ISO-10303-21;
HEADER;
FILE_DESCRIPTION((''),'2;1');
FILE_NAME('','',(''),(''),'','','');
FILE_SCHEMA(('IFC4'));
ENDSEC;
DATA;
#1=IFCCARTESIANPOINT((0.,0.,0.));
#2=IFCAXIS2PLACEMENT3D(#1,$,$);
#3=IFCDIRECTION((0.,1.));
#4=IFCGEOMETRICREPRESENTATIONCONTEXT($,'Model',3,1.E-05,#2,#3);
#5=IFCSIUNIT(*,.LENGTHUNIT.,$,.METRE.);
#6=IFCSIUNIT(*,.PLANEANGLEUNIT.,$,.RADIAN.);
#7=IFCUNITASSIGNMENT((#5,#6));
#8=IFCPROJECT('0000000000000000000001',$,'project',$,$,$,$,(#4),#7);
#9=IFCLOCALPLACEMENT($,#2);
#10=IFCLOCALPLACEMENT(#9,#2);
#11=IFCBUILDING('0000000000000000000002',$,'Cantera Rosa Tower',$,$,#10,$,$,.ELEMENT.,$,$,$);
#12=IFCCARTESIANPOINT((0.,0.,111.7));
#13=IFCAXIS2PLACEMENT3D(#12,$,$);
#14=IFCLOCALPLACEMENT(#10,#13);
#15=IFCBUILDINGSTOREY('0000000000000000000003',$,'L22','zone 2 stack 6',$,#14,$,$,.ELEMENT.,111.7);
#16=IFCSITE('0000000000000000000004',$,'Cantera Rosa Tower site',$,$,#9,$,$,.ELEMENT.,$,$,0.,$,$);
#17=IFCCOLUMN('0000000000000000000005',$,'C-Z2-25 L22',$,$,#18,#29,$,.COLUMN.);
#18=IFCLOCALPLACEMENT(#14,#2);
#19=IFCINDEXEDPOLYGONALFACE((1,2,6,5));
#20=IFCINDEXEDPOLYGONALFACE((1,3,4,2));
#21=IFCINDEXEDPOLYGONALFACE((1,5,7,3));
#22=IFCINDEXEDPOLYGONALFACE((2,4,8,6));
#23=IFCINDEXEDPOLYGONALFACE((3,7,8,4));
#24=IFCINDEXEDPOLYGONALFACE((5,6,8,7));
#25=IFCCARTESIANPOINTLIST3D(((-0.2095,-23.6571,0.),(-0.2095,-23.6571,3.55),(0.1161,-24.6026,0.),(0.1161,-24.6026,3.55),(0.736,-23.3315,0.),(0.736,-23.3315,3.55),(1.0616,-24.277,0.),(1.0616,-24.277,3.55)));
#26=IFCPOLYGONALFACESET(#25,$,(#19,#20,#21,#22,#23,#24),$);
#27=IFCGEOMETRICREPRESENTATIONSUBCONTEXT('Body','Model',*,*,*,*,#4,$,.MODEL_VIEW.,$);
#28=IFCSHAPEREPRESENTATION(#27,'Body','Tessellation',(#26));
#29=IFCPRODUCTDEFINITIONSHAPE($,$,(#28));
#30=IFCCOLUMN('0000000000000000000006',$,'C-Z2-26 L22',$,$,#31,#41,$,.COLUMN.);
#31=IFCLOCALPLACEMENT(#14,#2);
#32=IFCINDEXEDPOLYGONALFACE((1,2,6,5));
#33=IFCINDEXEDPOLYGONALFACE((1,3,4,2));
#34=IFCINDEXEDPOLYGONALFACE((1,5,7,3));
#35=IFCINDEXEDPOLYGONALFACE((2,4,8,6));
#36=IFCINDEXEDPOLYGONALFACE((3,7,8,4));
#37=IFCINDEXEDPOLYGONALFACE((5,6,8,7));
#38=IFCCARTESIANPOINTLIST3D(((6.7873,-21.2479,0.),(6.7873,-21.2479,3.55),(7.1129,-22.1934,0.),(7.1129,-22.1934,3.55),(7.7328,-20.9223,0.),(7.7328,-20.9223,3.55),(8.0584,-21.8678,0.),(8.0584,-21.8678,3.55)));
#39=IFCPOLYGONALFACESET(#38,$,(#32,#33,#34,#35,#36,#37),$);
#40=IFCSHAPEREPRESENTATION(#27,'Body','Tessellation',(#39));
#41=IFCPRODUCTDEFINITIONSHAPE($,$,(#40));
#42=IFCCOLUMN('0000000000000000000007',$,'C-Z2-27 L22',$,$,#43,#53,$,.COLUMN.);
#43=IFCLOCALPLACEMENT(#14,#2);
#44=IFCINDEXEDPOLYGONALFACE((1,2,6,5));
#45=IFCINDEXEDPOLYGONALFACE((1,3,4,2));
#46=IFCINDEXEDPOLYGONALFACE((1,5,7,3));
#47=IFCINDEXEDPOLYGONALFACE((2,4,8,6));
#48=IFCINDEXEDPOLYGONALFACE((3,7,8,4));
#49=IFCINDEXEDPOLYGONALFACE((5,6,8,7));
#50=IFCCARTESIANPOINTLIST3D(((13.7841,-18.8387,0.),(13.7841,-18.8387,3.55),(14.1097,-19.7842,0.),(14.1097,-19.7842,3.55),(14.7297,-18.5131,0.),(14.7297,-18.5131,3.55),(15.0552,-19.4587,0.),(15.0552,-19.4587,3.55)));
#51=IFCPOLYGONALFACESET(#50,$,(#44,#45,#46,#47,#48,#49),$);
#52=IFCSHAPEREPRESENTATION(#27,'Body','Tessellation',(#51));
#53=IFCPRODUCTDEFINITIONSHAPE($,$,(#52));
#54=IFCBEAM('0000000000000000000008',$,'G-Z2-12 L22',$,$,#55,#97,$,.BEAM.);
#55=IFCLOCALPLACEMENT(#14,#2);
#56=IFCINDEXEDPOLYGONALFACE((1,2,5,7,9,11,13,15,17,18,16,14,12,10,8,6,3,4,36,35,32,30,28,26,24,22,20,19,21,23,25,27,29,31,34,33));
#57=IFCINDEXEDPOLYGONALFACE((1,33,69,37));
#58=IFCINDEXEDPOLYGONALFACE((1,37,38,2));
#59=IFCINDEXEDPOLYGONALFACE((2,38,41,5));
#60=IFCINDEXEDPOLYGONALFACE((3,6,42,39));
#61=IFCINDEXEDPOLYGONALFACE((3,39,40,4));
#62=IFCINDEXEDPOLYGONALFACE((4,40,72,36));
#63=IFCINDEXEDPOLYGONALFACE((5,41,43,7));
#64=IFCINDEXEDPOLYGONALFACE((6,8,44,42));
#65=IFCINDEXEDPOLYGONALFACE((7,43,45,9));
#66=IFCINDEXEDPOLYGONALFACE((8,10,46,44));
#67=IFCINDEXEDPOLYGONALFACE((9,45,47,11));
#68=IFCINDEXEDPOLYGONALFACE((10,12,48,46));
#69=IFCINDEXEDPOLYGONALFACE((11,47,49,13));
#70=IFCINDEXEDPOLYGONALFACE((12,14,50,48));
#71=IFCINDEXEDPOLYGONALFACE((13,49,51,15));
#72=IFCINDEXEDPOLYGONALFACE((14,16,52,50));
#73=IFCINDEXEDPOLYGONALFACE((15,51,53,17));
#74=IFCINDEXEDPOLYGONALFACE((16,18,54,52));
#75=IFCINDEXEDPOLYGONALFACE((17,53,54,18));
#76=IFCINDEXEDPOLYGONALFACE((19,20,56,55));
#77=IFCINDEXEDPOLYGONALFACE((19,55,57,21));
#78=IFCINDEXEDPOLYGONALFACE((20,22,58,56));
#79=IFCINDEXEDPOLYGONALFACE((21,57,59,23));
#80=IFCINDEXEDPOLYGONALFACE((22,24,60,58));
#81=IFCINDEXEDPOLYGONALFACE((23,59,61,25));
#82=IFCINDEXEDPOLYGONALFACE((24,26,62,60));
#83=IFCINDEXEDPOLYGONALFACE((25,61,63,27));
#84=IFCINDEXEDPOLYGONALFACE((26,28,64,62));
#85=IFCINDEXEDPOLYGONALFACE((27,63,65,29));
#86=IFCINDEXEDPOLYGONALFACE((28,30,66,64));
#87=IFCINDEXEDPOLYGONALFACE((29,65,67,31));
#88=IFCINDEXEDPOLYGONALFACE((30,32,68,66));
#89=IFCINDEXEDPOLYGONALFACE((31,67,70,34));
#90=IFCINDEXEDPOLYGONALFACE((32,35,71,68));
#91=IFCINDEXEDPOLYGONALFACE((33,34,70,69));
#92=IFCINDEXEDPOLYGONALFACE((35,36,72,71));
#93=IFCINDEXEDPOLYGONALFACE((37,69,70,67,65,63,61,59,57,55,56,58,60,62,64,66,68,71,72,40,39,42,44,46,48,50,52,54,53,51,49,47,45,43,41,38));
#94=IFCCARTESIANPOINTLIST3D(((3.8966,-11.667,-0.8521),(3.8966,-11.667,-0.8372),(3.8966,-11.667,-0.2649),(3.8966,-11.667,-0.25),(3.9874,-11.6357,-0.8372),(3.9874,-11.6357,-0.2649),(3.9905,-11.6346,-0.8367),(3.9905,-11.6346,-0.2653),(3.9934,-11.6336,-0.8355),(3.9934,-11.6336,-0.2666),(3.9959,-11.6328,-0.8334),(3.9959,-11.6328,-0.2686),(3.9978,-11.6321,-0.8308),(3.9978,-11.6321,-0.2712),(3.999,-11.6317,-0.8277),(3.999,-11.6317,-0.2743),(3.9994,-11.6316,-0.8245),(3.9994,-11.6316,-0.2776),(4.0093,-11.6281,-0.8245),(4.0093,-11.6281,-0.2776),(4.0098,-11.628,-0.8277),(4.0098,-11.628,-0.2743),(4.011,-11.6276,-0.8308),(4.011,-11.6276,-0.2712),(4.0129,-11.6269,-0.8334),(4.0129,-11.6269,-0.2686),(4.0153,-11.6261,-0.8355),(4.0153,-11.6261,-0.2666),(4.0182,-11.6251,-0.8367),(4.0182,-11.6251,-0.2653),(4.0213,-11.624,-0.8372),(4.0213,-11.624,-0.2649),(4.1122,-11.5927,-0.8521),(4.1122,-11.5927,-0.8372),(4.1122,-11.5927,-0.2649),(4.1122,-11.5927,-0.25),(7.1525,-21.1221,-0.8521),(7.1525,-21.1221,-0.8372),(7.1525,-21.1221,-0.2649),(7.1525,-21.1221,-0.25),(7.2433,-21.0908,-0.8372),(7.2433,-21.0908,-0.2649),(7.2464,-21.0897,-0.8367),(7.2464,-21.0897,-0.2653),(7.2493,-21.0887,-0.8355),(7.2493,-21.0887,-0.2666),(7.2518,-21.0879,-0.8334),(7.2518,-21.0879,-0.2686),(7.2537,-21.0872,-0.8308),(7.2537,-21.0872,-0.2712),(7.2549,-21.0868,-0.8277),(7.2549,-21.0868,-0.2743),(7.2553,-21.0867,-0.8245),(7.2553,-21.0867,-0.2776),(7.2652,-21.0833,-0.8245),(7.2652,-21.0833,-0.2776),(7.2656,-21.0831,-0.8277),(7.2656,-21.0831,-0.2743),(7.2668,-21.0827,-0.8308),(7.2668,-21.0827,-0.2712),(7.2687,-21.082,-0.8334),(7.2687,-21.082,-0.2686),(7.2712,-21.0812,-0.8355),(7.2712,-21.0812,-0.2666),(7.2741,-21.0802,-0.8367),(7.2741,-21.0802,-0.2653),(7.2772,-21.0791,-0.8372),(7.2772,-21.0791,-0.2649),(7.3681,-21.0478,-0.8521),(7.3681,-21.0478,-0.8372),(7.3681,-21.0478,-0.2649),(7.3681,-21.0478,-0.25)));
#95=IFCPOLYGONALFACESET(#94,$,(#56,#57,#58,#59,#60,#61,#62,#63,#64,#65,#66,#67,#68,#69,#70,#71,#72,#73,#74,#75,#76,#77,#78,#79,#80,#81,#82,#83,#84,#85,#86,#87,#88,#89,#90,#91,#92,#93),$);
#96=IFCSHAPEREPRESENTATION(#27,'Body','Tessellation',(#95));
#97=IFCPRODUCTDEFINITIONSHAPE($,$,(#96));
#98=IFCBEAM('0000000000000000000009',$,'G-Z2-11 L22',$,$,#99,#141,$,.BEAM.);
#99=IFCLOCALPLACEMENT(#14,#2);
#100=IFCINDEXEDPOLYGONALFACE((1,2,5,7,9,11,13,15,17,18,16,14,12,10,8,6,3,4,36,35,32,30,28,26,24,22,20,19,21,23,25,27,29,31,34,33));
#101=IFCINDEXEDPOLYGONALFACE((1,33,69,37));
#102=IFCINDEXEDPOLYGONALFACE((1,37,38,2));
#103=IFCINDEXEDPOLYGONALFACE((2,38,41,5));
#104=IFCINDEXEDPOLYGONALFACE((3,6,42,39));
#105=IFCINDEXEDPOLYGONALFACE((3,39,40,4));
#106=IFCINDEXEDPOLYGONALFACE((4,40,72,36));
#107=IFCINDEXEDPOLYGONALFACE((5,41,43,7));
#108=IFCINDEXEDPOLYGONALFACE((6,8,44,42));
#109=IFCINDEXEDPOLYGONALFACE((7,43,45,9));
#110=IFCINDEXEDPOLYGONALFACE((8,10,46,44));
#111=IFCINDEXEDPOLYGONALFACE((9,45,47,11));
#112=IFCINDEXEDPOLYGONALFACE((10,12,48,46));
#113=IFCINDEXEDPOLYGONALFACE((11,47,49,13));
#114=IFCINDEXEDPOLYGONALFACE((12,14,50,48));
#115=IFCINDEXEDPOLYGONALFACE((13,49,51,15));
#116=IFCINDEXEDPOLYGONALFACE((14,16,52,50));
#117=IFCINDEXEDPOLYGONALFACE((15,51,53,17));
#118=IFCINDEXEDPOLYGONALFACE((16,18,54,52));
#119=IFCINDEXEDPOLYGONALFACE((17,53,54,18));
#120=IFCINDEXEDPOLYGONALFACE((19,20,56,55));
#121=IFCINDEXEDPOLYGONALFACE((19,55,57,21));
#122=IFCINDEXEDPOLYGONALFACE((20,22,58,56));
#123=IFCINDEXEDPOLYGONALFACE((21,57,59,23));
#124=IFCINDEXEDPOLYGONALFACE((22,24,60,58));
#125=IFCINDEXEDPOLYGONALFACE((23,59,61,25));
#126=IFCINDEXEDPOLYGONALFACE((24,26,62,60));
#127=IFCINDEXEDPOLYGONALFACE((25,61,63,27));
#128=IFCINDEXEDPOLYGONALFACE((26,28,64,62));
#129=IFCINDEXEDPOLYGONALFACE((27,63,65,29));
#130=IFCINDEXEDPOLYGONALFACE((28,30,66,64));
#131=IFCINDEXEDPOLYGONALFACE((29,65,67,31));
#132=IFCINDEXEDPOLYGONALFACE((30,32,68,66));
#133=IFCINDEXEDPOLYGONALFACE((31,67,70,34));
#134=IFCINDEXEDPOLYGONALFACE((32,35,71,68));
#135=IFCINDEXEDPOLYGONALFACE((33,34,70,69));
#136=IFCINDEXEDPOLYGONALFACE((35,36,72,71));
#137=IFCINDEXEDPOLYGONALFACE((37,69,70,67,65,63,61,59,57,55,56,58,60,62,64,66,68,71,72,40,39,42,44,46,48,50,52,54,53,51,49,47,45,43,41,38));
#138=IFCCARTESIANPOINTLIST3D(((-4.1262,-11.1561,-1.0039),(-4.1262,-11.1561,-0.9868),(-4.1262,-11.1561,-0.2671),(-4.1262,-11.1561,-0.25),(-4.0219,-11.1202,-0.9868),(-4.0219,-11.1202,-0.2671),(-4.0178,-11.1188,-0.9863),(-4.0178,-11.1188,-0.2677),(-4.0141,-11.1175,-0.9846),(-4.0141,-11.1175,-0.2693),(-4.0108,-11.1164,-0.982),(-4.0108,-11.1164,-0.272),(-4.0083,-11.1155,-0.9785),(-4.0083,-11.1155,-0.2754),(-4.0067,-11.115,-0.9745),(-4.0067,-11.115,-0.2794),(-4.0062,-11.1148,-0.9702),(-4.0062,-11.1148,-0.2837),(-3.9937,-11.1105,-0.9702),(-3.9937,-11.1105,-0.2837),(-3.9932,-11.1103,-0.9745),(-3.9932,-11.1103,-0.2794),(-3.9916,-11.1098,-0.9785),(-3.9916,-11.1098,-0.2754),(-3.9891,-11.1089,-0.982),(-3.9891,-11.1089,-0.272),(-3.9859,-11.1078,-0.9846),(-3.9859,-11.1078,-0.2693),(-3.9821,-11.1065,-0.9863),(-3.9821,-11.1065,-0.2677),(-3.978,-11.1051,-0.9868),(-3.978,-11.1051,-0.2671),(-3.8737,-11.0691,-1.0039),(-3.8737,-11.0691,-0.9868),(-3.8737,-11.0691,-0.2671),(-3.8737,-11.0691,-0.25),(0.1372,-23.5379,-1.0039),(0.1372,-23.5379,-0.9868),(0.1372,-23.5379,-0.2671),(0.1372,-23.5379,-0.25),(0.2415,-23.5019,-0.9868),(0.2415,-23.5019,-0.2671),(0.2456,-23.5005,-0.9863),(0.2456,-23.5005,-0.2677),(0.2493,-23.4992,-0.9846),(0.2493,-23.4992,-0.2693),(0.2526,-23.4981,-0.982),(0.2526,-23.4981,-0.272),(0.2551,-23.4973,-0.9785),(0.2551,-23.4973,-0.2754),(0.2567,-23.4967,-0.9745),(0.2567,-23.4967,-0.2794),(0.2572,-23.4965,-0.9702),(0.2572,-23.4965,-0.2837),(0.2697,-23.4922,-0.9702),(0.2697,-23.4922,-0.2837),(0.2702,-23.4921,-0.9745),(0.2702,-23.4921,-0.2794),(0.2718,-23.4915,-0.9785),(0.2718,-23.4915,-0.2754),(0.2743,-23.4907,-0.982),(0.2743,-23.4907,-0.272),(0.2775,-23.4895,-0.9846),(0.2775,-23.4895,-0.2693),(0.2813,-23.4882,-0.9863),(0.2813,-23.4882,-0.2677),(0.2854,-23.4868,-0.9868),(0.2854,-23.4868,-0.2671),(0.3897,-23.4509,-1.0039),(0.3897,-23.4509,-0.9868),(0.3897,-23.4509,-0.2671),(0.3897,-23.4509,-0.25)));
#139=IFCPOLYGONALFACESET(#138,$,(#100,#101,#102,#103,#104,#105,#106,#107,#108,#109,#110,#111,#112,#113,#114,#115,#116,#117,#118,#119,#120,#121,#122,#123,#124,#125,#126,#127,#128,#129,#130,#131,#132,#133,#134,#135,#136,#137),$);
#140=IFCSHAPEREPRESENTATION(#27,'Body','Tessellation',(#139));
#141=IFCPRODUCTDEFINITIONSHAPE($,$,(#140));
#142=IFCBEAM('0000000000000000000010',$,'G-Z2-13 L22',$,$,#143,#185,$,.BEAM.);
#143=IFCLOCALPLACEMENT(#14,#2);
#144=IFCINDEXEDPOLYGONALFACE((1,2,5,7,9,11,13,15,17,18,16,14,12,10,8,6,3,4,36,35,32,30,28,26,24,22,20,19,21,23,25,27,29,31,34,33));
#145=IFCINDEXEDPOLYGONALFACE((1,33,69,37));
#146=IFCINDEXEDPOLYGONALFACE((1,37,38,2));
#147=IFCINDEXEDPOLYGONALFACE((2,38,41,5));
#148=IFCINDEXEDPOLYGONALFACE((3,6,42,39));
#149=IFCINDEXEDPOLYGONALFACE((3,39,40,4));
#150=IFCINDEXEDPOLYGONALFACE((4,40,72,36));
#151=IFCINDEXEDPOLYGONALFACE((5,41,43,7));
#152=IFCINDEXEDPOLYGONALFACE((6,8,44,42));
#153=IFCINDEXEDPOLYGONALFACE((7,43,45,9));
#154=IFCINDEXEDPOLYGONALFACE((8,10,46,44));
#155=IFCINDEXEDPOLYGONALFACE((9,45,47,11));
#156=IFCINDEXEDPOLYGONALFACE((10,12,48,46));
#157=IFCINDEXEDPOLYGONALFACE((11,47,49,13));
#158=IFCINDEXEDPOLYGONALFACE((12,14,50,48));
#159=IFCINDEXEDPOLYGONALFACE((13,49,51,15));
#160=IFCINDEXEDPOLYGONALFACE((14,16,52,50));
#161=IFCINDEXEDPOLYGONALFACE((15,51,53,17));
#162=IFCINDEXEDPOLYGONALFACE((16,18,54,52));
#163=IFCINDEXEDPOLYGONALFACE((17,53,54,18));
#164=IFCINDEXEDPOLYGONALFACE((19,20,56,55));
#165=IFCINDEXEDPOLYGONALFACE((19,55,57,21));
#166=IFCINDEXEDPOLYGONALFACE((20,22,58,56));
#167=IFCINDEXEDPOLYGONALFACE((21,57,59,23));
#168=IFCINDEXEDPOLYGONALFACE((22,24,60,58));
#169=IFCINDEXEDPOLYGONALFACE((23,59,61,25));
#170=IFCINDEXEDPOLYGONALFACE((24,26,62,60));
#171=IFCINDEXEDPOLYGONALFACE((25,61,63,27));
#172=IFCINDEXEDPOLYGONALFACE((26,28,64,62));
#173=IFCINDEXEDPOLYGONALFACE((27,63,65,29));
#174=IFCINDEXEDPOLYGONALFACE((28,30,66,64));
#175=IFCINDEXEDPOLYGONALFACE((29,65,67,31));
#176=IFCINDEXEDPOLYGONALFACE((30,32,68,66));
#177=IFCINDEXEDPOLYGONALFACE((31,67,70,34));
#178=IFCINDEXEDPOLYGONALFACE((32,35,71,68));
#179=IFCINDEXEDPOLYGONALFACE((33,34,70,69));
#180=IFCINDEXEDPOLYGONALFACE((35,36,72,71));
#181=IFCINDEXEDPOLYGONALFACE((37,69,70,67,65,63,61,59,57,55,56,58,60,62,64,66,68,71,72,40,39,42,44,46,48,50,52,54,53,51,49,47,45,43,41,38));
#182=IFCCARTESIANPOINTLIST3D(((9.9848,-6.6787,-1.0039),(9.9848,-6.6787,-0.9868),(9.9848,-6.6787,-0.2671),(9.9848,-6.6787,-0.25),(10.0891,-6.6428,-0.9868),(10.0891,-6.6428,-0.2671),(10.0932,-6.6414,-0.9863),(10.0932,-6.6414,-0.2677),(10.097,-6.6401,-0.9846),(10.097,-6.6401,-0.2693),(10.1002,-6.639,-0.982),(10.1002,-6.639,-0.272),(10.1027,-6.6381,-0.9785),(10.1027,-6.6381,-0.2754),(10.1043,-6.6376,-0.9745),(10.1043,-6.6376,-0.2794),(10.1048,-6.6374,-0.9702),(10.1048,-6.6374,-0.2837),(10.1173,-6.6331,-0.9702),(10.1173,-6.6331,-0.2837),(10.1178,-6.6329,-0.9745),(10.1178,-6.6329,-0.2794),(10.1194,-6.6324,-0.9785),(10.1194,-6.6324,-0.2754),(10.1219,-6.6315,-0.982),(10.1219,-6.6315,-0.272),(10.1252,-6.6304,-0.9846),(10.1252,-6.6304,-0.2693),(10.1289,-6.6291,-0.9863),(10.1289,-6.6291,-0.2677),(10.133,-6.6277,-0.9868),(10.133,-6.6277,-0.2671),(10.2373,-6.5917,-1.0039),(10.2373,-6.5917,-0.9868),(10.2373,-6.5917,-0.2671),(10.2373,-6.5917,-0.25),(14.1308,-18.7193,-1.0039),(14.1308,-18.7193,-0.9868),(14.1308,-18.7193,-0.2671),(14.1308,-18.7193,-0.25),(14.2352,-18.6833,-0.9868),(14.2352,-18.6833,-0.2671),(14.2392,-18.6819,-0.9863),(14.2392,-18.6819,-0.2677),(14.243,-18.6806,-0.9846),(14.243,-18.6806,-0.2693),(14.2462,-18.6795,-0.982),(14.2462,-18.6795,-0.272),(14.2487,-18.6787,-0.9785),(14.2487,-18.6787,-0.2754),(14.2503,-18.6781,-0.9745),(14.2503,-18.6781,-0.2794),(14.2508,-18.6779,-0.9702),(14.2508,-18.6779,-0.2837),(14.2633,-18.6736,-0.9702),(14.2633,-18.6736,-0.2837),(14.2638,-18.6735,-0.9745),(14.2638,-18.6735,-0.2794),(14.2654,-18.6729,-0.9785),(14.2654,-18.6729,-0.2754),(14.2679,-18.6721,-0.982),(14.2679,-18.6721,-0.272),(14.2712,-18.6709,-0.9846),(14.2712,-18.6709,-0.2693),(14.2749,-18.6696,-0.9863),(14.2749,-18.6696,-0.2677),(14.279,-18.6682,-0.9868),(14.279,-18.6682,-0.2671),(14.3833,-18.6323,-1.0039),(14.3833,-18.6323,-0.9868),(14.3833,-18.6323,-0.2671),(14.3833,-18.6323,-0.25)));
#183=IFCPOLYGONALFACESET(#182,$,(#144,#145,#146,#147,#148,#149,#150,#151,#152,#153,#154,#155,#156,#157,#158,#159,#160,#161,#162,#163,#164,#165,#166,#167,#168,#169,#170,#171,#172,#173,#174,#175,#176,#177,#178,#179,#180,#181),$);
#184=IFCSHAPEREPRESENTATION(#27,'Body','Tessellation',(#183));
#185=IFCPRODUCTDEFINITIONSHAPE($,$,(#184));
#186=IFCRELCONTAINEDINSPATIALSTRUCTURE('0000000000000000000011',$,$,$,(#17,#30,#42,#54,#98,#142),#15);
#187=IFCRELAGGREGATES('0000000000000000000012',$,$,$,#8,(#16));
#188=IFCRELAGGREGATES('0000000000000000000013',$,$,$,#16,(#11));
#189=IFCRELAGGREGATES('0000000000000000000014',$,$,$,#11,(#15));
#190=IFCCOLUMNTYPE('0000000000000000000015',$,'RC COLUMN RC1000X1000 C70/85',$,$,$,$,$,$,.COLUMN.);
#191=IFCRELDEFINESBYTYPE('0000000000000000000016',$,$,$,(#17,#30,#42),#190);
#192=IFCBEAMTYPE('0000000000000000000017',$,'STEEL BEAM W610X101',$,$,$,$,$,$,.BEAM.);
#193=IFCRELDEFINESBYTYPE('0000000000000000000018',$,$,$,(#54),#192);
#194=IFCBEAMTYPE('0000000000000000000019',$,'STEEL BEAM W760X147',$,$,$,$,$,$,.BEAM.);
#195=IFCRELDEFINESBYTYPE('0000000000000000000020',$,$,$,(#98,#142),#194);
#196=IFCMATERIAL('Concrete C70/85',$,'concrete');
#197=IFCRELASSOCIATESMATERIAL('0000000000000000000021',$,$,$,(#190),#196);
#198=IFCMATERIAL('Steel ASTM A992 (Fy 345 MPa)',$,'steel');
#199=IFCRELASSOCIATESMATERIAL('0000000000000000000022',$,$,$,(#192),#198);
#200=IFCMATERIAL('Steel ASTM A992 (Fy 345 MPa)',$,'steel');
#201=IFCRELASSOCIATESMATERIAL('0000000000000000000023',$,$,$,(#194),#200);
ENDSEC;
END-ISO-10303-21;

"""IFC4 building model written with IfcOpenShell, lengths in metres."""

from ifc_helpers import new_model, si_unit, direction, frame, origin, origin_2d, place, context, subcontext, project, spatial, rectangle, i_section, extrude, material, material_profile, profile_set, type_object, element, save


model = new_model("IFC4")

# Units and contexts
model_context = context("Model", 3, precision=1e-05, world=origin(), true_north=direction((0.0, 1.0)))
body_context = subcontext(model_context, "Body", "Model", "MODEL_VIEW")
ifc_project = project(units=[si_unit("LENGTHUNIT", "METRE"), si_unit("PLANEANGLEUNIT", "RADIAN")], contexts=[model_context])

# Site, building, storey
site_placement = place(None, origin())
site = spatial("IfcSite", under=ifc_project, at=site_placement, Name="Cantera Rosa Tower site", CompositionType="ELEMENT", RefElevation=0.0)
building_placement = place(site_placement, origin())
building = spatial("IfcBuilding", under=site, at=building_placement, Name="Cantera Rosa Tower", CompositionType="ELEMENT")
storey_placement = place(building_placement, frame((0.0, 0.0, 111.7)))
storey = spatial("IfcBuildingStorey", under=building, at=storey_placement, Name="L22", Description="zone 2 stack 6", CompositionType="ELEMENT", Elevation=111.7)

# Columns
ifc_material_1 = material(Name="Concrete C70/85", Category="concrete")
ifc_material_profile_1 = material_profile(ifc_material_1, rectangle(XDim=1.0, YDim=1.0, at=origin_2d()), Name="RC COLUMN RC1000X1000 C70/85")
ifc_profile_set_1 = profile_set([ifc_material_profile_1], Name="Concrete C70/85")
column_type = type_object("IfcColumnType", Name="RC COLUMN RC1000X1000 C70/85", PredefinedType="COLUMN", material=ifc_profile_set_1)
for number, where, z_axis, x_axis, name in (
    (1, (0.426, -23.967, 0.0), (0.0, 0.0, 1.0), (0.945519, 0.325568, 0.0), "C-Z2-25 L22"),
    (2, (7.4229, -21.5579, 0.0), (0.0, 0.0, 1.0), (0.945519, 0.325568, 0.0), "C-Z2-26 L22"),
    (3, (14.4197, -19.1487, 0.0), (0.0, 0.0, 1.0), (0.945519, 0.325568, 0.0), "C-Z2-27 L22"),
):
    element("IfcColumn", number, at=place(storey_placement, frame(where, z_axis=z_axis, x_axis=x_axis)), inside=storey, type_object=column_type, Name=name, PredefinedType="COLUMN", context=body_context, shape_type="SweptSolid", body=[
        extrude(rectangle(XDim=1.0, YDim=1.0, at=origin_2d()), origin(), (0.0, 0.0, 1.0), 3.55),
    ])

# Beams
ifc_material_2 = material(Name="Steel ASTM A992 (Fy 345 MPa)", Category="steel")
ifc_material_profile_2 = material_profile(ifc_material_2, i_section(OverallWidth=0.228, OverallDepth=0.6021, WebThickness=0.0105, FlangeThickness=0.0149, FilletRadius=0.0127, at=origin_2d()), Name="W610X101")
ifc_profile_set_2 = profile_set([ifc_material_profile_2], Name="Steel ASTM A992 (Fy 345 MPa)")
beam_type_1 = type_object("IfcBeamType", Name="STEEL BEAM W610X101", PredefinedType="BEAM", material=ifc_profile_set_2)
beam_1_placement = place(storey_placement, frame((7.2603, -21.085, -0.551), z_axis=(-0.325587, 0.945512, 0.0), x_axis=(-0.945512, -0.325587, 0.0)))
element("IfcBeam", 4, at=beam_1_placement, inside=storey, type_object=beam_type_1, Name="G-Z2-12 L22", PredefinedType="BEAM", context=body_context, shape_type="SweptSolid", body=[
    extrude(i_section(OverallWidth=0.228, OverallDepth=0.6021, WebThickness=0.0105, FlangeThickness=0.0149, FilletRadius=0.0127, at=origin_2d()), origin(), (0.0, 0.0, 1.0), 10.0),
])
ifc_material_3 = material(Name="Steel ASTM A992 (Fy 345 MPa)", Category="steel")
ifc_material_profile_3 = material_profile(ifc_material_3, i_section(OverallWidth=0.2671, OverallDepth=0.7539, WebThickness=0.0132, FlangeThickness=0.0171, FilletRadius=0.0166, at=origin_2d()), Name="W760X147")
ifc_profile_set_3 = profile_set([ifc_material_profile_3], Name="Steel ASTM A992 (Fy 345 MPa)")
beam_type_2 = type_object("IfcBeamType", Name="STEEL BEAM W760X147", PredefinedType="BEAM", material=ifc_profile_set_3)
beam_2_placement = place(storey_placement, frame((0.2634, -23.4944, -0.627), z_axis=(-0.32557, 0.945518, 0.0), x_axis=(-0.945518, -0.32557, 0.0)))
element("IfcBeam", 5, at=beam_2_placement, inside=storey, type_object=beam_type_2, Name="G-Z2-11 L22", PredefinedType="BEAM", context=body_context, shape_type="SweptSolid", body=[
    extrude(i_section(OverallWidth=0.2671, OverallDepth=0.7539, WebThickness=0.0132, FlangeThickness=0.0171, FilletRadius=0.0166, at=origin_2d()), origin(), (0.0, 0.0, 1.0), 13.0952),
])
beam_3_placement = place(storey_placement, frame((14.2571, -18.6758, -0.627), z_axis=(-0.325576, 0.945516, 0.0), x_axis=(-0.945516, -0.325576, 0.0)))
element("IfcBeam", 6, at=beam_3_placement, inside=storey, type_object=beam_type_2, Name="G-Z2-13 L22", PredefinedType="BEAM", context=body_context, shape_type="SweptSolid", body=[
    extrude(i_section(OverallWidth=0.2671, OverallDepth=0.7539, WebThickness=0.0132, FlangeThickness=0.0171, FilletRadius=0.0166, at=origin_2d()), origin(), (0.0, 0.0, 1.0), 12.7344),
])

save(model, "model.ifc")
